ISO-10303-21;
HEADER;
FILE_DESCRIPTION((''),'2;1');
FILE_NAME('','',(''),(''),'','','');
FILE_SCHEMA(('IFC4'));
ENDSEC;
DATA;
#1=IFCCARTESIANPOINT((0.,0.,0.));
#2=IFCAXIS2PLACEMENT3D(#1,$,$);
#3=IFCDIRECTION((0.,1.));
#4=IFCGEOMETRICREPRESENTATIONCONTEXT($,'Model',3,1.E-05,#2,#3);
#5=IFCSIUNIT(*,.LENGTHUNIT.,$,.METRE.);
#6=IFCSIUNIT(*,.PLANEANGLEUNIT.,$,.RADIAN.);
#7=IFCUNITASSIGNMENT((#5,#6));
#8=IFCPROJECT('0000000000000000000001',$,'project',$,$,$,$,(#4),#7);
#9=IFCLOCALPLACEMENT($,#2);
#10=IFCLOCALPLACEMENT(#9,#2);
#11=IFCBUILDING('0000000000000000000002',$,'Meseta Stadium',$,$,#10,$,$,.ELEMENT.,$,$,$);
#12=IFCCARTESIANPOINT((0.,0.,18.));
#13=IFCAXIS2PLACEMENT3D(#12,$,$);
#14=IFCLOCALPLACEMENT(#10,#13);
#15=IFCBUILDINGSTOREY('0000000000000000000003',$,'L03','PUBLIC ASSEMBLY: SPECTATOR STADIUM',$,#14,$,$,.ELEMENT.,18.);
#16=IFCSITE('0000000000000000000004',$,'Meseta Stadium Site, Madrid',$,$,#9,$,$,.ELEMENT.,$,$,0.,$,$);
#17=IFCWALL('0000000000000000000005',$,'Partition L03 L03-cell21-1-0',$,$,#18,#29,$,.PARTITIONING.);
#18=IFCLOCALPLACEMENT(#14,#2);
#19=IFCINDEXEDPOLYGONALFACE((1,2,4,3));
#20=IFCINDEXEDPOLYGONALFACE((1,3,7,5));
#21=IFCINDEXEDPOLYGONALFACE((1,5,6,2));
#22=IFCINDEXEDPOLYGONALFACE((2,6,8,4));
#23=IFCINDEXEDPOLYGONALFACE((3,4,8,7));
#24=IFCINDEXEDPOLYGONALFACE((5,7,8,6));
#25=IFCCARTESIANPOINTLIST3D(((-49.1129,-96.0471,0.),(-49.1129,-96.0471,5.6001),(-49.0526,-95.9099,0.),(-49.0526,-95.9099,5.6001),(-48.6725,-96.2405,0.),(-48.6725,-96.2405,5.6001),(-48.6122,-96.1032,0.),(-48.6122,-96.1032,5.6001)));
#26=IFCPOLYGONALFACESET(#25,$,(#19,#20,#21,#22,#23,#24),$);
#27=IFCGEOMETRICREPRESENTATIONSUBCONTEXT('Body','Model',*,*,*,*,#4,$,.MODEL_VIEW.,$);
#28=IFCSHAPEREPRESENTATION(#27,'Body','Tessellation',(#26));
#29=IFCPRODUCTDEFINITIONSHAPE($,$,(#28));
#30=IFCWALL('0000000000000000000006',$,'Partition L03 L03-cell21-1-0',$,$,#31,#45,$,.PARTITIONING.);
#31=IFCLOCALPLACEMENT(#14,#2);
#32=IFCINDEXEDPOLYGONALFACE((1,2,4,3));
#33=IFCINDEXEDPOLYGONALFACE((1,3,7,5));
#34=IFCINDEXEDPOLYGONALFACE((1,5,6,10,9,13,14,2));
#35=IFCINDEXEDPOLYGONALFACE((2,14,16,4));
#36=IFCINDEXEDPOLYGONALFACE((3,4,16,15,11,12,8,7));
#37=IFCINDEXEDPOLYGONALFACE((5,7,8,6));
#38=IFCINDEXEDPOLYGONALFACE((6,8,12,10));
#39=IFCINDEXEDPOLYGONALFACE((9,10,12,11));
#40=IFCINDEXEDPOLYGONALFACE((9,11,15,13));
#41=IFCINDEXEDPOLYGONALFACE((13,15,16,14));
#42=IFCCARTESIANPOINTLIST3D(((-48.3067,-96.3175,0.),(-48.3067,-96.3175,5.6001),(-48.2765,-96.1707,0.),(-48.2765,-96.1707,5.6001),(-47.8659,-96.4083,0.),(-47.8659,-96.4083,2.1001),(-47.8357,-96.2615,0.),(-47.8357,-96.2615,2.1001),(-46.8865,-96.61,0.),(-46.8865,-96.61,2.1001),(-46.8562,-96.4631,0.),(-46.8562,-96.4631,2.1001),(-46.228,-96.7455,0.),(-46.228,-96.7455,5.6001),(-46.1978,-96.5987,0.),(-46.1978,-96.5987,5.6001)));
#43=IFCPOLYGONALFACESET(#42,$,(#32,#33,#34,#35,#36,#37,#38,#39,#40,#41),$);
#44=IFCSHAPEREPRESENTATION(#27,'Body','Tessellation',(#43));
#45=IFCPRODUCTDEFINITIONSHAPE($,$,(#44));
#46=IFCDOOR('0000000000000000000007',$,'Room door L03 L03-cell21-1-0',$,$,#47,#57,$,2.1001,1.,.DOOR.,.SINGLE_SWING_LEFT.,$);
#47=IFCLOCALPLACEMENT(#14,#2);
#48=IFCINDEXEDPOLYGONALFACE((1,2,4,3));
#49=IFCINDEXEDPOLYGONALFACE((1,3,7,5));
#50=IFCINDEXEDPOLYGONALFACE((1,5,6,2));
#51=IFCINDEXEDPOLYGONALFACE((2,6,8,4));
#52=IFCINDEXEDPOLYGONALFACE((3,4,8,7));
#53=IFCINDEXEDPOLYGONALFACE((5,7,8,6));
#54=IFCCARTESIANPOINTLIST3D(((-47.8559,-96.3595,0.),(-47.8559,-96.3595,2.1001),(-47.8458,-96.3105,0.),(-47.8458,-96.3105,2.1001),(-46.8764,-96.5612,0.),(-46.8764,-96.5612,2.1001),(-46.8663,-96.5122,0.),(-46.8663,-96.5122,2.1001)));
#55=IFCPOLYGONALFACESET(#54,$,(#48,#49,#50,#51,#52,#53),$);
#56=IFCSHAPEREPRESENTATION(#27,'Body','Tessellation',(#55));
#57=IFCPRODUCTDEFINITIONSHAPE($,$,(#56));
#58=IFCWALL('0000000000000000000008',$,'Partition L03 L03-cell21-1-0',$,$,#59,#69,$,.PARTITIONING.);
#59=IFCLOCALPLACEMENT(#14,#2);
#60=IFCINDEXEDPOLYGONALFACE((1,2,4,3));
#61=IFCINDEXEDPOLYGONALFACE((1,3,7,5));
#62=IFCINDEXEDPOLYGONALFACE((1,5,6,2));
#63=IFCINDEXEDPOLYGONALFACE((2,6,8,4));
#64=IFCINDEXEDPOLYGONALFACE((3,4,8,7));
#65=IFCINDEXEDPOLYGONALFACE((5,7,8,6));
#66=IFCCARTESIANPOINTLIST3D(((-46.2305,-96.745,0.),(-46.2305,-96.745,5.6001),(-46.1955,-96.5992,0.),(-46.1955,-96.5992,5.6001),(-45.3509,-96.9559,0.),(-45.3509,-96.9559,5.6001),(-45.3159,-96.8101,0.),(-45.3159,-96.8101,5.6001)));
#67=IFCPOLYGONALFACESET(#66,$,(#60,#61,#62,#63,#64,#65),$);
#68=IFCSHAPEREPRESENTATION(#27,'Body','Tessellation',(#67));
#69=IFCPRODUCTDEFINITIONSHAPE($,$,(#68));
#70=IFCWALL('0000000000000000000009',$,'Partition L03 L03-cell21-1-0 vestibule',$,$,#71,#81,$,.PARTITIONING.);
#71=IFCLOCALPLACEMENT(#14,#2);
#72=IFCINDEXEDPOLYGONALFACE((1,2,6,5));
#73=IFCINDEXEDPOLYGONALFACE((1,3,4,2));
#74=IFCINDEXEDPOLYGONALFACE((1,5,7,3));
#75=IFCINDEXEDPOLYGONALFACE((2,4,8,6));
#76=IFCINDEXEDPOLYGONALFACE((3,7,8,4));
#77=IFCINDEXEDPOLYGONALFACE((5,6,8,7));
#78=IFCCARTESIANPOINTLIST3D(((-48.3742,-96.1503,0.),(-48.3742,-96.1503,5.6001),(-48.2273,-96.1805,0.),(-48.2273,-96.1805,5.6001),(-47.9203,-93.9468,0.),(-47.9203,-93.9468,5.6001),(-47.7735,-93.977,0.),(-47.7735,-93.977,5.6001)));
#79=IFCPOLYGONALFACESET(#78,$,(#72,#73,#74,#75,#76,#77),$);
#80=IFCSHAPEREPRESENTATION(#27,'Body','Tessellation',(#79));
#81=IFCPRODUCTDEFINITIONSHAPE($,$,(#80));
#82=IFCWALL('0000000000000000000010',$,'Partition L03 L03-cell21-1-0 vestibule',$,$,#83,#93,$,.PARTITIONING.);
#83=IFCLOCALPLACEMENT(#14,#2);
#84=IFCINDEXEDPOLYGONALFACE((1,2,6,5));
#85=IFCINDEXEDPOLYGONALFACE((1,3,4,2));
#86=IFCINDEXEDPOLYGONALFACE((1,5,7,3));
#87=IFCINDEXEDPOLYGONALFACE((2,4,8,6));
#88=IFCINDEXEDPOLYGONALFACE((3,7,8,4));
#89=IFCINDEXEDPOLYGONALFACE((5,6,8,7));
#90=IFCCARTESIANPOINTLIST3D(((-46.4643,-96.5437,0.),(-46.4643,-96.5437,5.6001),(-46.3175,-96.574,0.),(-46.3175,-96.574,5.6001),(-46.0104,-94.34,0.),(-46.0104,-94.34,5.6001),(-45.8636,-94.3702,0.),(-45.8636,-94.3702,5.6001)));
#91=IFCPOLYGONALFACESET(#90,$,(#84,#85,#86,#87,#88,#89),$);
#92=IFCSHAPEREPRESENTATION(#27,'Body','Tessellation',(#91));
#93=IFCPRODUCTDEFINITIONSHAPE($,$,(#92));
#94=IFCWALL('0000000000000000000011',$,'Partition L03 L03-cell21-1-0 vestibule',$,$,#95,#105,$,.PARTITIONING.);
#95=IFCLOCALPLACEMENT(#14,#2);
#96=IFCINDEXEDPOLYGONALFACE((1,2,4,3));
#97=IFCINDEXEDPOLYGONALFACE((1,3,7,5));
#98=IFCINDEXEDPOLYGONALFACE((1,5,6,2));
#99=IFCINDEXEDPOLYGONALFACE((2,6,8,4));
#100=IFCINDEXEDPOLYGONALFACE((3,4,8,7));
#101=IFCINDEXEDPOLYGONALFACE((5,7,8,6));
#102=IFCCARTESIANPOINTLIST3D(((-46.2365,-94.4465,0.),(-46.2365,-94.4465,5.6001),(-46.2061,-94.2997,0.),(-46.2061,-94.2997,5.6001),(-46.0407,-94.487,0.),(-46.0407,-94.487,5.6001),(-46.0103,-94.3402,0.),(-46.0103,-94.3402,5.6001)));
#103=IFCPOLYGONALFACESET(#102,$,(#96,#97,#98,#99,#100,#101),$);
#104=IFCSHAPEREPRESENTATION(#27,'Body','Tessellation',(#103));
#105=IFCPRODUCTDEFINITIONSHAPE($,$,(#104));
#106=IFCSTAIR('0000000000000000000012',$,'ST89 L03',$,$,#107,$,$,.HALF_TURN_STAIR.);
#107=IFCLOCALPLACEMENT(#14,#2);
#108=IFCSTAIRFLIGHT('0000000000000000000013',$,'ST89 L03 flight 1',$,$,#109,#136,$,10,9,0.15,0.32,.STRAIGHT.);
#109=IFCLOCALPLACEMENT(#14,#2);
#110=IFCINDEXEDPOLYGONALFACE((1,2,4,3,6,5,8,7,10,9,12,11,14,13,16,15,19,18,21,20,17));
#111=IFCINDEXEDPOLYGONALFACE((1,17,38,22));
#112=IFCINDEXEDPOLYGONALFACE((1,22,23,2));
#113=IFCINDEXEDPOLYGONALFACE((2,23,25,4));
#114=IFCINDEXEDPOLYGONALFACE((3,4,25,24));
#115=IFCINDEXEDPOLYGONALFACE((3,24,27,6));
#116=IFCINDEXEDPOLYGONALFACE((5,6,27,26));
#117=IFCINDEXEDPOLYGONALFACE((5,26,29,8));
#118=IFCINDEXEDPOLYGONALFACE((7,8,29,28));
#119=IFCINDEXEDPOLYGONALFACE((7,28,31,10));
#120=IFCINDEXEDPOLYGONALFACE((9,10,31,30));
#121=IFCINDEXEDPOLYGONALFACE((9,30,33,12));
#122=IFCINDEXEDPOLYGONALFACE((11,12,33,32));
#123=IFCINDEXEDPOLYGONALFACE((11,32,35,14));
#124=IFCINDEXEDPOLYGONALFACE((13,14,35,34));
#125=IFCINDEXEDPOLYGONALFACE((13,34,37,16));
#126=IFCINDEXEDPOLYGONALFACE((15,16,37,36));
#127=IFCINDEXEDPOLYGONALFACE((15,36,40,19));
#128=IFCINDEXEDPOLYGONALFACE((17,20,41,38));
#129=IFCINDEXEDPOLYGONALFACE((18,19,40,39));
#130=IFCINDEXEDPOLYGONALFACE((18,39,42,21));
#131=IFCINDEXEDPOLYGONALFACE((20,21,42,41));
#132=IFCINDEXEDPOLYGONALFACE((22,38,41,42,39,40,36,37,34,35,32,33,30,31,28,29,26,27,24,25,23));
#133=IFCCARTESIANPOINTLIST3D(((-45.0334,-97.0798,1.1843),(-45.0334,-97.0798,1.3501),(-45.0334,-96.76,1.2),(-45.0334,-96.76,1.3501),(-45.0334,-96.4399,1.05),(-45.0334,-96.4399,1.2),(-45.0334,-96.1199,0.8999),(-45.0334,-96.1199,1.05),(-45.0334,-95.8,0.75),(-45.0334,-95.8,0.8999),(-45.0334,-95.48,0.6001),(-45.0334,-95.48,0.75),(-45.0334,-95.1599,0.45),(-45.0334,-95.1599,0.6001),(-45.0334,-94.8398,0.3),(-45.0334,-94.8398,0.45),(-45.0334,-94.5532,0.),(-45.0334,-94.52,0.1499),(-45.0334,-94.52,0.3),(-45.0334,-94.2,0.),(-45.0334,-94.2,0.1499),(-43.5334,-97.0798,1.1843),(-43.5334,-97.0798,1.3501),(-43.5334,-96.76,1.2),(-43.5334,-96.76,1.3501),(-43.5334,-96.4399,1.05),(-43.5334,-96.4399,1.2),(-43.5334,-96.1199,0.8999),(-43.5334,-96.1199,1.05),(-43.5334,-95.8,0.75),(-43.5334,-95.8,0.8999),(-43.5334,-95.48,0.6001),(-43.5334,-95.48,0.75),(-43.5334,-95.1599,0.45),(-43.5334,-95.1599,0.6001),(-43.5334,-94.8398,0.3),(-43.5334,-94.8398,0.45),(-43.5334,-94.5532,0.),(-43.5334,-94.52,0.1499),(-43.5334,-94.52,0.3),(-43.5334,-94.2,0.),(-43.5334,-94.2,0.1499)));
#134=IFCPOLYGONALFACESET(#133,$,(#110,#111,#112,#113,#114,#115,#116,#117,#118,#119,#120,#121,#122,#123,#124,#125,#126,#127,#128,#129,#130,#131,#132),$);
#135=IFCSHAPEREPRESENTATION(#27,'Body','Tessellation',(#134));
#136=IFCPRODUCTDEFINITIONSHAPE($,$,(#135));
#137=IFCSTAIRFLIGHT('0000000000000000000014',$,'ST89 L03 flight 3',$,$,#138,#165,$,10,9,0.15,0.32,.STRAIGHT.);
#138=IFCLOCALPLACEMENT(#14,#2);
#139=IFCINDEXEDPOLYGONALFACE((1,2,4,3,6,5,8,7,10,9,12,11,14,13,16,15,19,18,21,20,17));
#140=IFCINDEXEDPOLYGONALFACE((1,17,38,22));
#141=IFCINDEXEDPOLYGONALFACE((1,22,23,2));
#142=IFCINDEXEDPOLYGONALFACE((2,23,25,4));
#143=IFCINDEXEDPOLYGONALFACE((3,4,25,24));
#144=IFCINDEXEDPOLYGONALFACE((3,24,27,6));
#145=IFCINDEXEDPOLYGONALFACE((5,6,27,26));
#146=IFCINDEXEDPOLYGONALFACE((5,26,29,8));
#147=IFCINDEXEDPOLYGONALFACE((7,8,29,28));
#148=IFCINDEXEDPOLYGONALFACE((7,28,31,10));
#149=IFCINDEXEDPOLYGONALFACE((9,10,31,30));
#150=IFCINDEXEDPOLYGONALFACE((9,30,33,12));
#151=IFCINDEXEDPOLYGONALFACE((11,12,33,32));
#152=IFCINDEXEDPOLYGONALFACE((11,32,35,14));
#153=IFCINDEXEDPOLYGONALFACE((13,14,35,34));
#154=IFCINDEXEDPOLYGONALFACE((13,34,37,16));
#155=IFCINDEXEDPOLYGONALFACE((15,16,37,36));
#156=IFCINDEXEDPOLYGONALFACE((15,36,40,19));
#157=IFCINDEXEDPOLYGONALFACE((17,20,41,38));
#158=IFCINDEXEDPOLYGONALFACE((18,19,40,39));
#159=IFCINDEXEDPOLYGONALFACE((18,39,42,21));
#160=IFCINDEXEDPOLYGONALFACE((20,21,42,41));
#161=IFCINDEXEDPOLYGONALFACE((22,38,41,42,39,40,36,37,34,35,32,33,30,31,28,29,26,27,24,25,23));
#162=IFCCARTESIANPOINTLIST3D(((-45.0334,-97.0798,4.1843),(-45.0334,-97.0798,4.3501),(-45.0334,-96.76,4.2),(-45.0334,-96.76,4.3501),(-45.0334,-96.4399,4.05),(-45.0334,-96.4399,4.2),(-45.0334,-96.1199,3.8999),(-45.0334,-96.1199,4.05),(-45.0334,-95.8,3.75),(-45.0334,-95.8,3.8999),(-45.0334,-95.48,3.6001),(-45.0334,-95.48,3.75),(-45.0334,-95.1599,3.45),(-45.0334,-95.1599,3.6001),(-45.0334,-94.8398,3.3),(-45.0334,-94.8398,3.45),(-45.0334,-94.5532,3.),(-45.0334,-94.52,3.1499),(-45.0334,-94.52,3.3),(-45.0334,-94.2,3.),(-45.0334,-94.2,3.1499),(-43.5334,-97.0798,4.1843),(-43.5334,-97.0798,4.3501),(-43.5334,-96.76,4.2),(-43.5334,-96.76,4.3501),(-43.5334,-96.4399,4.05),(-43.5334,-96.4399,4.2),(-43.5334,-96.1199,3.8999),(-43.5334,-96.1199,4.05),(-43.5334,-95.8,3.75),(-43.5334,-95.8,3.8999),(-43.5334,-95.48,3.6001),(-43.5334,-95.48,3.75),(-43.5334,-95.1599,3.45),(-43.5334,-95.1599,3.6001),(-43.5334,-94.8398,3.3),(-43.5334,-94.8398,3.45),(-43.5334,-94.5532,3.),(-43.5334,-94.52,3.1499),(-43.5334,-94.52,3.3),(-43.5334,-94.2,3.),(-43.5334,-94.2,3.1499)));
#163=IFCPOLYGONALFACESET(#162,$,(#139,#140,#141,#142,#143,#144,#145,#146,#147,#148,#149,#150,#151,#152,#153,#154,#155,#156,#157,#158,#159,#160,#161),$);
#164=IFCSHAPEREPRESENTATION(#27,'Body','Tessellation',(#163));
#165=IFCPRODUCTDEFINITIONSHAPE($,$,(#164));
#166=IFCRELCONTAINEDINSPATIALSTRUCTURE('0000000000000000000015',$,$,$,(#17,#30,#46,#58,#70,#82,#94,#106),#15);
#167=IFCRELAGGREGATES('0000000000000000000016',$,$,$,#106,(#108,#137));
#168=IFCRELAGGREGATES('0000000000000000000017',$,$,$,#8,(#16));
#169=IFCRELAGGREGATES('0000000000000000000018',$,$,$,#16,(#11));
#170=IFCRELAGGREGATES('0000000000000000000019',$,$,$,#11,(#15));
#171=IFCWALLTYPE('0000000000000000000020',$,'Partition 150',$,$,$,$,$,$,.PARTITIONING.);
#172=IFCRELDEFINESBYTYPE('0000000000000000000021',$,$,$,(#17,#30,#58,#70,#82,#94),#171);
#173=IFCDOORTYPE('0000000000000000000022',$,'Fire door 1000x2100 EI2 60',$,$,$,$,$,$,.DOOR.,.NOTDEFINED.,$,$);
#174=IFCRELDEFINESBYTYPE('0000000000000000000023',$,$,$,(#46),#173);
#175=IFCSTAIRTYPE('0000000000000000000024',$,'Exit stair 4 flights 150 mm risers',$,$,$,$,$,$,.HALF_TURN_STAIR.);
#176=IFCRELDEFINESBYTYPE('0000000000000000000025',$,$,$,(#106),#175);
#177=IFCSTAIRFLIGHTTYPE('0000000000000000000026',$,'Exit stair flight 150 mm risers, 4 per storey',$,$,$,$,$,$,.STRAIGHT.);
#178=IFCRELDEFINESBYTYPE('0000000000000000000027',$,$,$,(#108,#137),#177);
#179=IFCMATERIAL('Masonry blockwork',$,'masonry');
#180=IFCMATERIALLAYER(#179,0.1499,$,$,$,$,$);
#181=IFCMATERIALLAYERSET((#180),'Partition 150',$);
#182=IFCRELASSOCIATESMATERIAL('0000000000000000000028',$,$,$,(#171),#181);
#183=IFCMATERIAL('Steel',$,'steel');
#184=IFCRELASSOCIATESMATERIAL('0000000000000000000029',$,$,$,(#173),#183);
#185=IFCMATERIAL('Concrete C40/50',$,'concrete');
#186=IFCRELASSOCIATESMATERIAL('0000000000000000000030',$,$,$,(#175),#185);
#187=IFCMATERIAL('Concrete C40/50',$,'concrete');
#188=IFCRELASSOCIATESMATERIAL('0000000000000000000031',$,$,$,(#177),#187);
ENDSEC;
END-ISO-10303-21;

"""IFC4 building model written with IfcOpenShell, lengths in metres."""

from ifc_helpers import new_model, si_unit, direction, frame, frame_2d, origin, place, context, subcontext, project, spatial, polyline, rectangle, outline, extrude, material, layer, layer_set, type_object, element, fill, aggregate, save


model = new_model("IFC4")

# Units and contexts
model_context = context("Model", 3, precision=1e-05, world=origin(), true_north=direction((0.0, 1.0)))
body_context = subcontext(model_context, "Body", "Model", "MODEL_VIEW")
ifc_project = project(units=[si_unit("LENGTHUNIT", "METRE"), si_unit("PLANEANGLEUNIT", "RADIAN")], contexts=[model_context])

# Site, building, storey
site_placement = place(None, origin())
site = spatial("IfcSite", under=ifc_project, at=site_placement, Name="Meseta Stadium Site, Madrid", CompositionType="ELEMENT", RefElevation=0.0)
building_placement = place(site_placement, origin())
building = spatial("IfcBuilding", under=site, at=building_placement, Name="Meseta Stadium", CompositionType="ELEMENT")
storey_placement = place(building_placement, frame((0.0, 0.0, 18.0)))
storey = spatial("IfcBuildingStorey", under=building, at=storey_placement, Name="L03", Description="PUBLIC ASSEMBLY: SPECTATOR STADIUM", CompositionType="ELEMENT", Elevation=18.0)

# Wall
ifc_material_1 = material(Name="Masonry blockwork", Category="masonry")
ifc_layer = layer(ifc_material_1, 0.1499)
ifc_layer_set = layer_set([ifc_layer], Name="Partition 150")
wall_type = type_object("IfcWallType", Name="Partition 150", PredefinedType="PARTITIONING", material=ifc_layer_set)
wall_1_placement = place(storey_placement, frame((-49.0828, -95.9785, 0.0), z_axis=(0.0, 0.0, 1.0), x_axis=(0.915644, -0.40199, 0.0)))
element("IfcWall", 1, at=wall_1_placement, inside=storey, type_object=wall_type, Name="Partition L03 L03-cell21-1-0", PredefinedType="PARTITIONING", context=body_context, shape_type="SweptSolid", body=[
    extrude(rectangle(XDim=0.481, YDim=0.1499, at=frame_2d((0.2405, 0.0))), origin(), (0.0, 0.0, 1.0), 5.6001),
])

# Wall, opening, door
wall_2_placement = place(storey_placement, frame((-48.2915, -96.2441, 0.0), z_axis=(0.0, 0.0, 1.0), x_axis=(0.979454, -0.201666, 0.0)))
wall_2 = element("IfcWall", 2, at=wall_2_placement, inside=storey, type_object=wall_type, Name="Partition L03 L03-cell21-1-0", PredefinedType="PARTITIONING", context=body_context, shape_type="SweptSolid", body=[
    extrude(rectangle(XDim=2.1223, YDim=0.1499, at=frame_2d((1.061, 0.0))), origin(), (0.0, 0.0, 1.0), 5.6001),
])
opening_placement = place(wall_2_placement, frame((0.45, 0.0, 0.0)))
opening = element("IfcOpeningElement", 3, at=opening_placement, cuts=wall_2, PredefinedType="OPENING", context=body_context, shape_type="SweptSolid", body=[
    extrude(rectangle(XDim=1.0, YDim=2.1001, at=frame_2d((0.5, 1.05))), frame((0.0, 0.085, 0.0), z_axis=(0.0, -1.0, 0.0), x_axis=(1.0, 0.0, 0.0)), (0.0, 0.0, 1.0), 0.1699),
])
ifc_material_2 = material(Name="Steel", Category="steel")
door_type = type_object("IfcDoorType", Name="Fire door 1000x2100 EI2 60", OperationType="NOTDEFINED", PredefinedType="DOOR", material=ifc_material_2)
door_placement = place(opening_placement, origin())
door = element("IfcDoor", 4, at=door_placement, inside=storey, type_object=door_type, Name="Room door L03 L03-cell21-1-0", OperationType="SINGLE_SWING_LEFT", OverallHeight=2.1001, OverallWidth=1.0, PredefinedType="DOOR", context=body_context, shape_type="SweptSolid", body=[
    extrude(rectangle(XDim=1.0, YDim=2.1001, at=frame_2d((0.5, 1.05))), frame((0.0, 0.0249, 0.0), z_axis=(0.0, -1.0, 0.0), x_axis=(1.0, 0.0, 0.0)), (0.0, 0.0, 1.0), 0.05),
])
fill(opening, door)

# Walls
wall_3_placement = place(storey_placement, frame((-46.2129, -96.6721, 0.0), z_axis=(0.0, 0.0, 1.0), x_axis=(0.972431, -0.233189, 0.0)))
element("IfcWall", 5, at=wall_3_placement, inside=storey, type_object=wall_type, Name="Partition L03 L03-cell21-1-0", PredefinedType="PARTITIONING", context=body_context, shape_type="SweptSolid", body=[
    extrude(rectangle(XDim=0.9045, YDim=0.1499, at=frame_2d((0.4521, 0.0))), origin(), (0.0, 0.0, 1.0), 5.6001),
])
wall_4_placement = place(storey_placement, frame((-48.3008, -96.1655, 0.0), z_axis=(0.0, 0.0, 1.0), x_axis=(0.201726, 0.979442, 0.0)))
element("IfcWall", 6, at=wall_4_placement, inside=storey, type_object=wall_type, Name="Partition L03 L03-cell21-1-0 vestibule", PredefinedType="PARTITIONING", context=body_context, shape_type="SweptSolid", body=[
    extrude(rectangle(XDim=2.2498, YDim=0.1499, at=frame_2d((1.125, 0.0))), origin(), (0.0, 0.0, 1.0), 5.6001),
])
wall_5_placement = place(storey_placement, frame((-46.3909, -96.5588, 0.0), z_axis=(0.0, 0.0, 1.0), x_axis=(0.201705, 0.979446, 0.0)))
element("IfcWall", 7, at=wall_5_placement, inside=storey, type_object=wall_type, Name="Partition L03 L03-cell21-1-0 vestibule", PredefinedType="PARTITIONING", context=body_context, shape_type="SweptSolid", body=[
    extrude(rectangle(XDim=2.25, YDim=0.1499, at=frame_2d((1.125, 0.0))), origin(), (0.0, 0.0, 1.0), 5.6001),
])
wall_6_placement = place(storey_placement, frame((-46.2214, -94.373, 0.0), z_axis=(0.0, 0.0, 1.0), x_axis=(0.979244, -0.202686, 0.0)))
element("IfcWall", 8, at=wall_6_placement, inside=storey, type_object=wall_type, Name="Partition L03 L03-cell21-1-0 vestibule", PredefinedType="PARTITIONING", context=body_context, shape_type="SweptSolid", body=[
    extrude(rectangle(XDim=0.2, YDim=0.1499, at=frame_2d((0.1001, 0.0))), origin(), (0.0, 0.0, 1.0), 5.6001),
])

# Stair, stair flights
ifc_material_3 = material(Name="Concrete C40/50", Category="concrete")
stair_type = type_object("IfcStairType", Name="Exit stair 4 flights 150 mm risers", PredefinedType="HALF_TURN_STAIR", material=ifc_material_3)
stair_1_placement = place(storey_placement, origin())
stair_1 = element("IfcStair", 9, at=stair_1_placement, inside=storey, type_object=stair_type, Name="ST89 L03", PredefinedType="HALF_TURN_STAIR")
ifc_material_4 = material(Name="Concrete C40/50", Category="concrete")
stair_flight_type = type_object("IfcStairFlightType", Name="Exit stair flight 150 mm risers, 4 per storey", PredefinedType="STRAIGHT", material=ifc_material_4)
stair_flight_1_placement = place(storey_placement, frame((-44.2834, -94.2, 0.0), z_axis=(0.0, 0.0, 1.0), x_axis=(0.0, -1.0, 0.0)))
stair_flight_1 = element("IfcStairFlight", 10, at=stair_flight_1_placement, type_object=stair_flight_type, Name="ST89 L03 flight 1", NumberOfRisers=10, NumberOfTreads=9, PredefinedType="STRAIGHT", RiserHeight=0.15, TreadLength=0.32, context=body_context, shape_type="SweptSolid", body=[
    extrude(outline(polyline([(0.0, 0.0), (0.0, 0.1499), (0.3201, 0.1499), (0.3201, 0.3), (0.6399, 0.3), (0.6399, 0.45), (0.96, 0.45), (0.96, 0.6001), (1.28, 0.6001), (1.28, 0.75), (1.6001, 0.75), (1.6001, 0.8999), (1.9199, 0.8999), (1.9199, 1.05), (2.24, 1.05), (2.24, 1.2), (2.5601, 1.2), (2.5601, 1.3501), (2.8799, 1.3501), (2.8799, 1.1843), (0.3533, 0.0), (0.0, 0.0)])), frame((0.0, 0.75, 0.0), z_axis=(0.0, -1.0, 0.0), x_axis=(1.0, 0.0, 0.0)), (0.0, 0.0, 1.0), 1.5),
])
stair_flight_2_placement = place(storey_placement, frame((-44.2834, -94.2, 3.0), z_axis=(0.0, 0.0, 1.0), x_axis=(0.0, -1.0, 0.0)))
stair_flight_2 = element("IfcStairFlight", 11, at=stair_flight_2_placement, type_object=stair_flight_type, Name="ST89 L03 flight 3", NumberOfRisers=10, NumberOfTreads=9, PredefinedType="STRAIGHT", RiserHeight=0.15, TreadLength=0.32, context=body_context, shape_type="SweptSolid", body=[
    extrude(outline(polyline([(0.0, 0.0), (0.0, 0.1499), (0.3201, 0.1499), (0.3201, 0.3), (0.6399, 0.3), (0.6399, 0.45), (0.96, 0.45), (0.96, 0.6001), (1.28, 0.6001), (1.28, 0.75), (1.6001, 0.75), (1.6001, 0.8999), (1.9199, 0.8999), (1.9199, 1.05), (2.24, 1.05), (2.24, 1.2), (2.5601, 1.2), (2.5601, 1.3501), (2.8799, 1.3501), (2.8799, 1.1843), (0.3533, 0.0), (0.0, 0.0)])), frame((0.0, 0.75, 0.0), z_axis=(0.0, -1.0, 0.0), x_axis=(1.0, 0.0, 0.0)), (0.0, 0.0, 1.0), 1.5),
])
aggregate(stair_1, [stair_flight_1, stair_flight_2])

save(model, "model.ifc")
